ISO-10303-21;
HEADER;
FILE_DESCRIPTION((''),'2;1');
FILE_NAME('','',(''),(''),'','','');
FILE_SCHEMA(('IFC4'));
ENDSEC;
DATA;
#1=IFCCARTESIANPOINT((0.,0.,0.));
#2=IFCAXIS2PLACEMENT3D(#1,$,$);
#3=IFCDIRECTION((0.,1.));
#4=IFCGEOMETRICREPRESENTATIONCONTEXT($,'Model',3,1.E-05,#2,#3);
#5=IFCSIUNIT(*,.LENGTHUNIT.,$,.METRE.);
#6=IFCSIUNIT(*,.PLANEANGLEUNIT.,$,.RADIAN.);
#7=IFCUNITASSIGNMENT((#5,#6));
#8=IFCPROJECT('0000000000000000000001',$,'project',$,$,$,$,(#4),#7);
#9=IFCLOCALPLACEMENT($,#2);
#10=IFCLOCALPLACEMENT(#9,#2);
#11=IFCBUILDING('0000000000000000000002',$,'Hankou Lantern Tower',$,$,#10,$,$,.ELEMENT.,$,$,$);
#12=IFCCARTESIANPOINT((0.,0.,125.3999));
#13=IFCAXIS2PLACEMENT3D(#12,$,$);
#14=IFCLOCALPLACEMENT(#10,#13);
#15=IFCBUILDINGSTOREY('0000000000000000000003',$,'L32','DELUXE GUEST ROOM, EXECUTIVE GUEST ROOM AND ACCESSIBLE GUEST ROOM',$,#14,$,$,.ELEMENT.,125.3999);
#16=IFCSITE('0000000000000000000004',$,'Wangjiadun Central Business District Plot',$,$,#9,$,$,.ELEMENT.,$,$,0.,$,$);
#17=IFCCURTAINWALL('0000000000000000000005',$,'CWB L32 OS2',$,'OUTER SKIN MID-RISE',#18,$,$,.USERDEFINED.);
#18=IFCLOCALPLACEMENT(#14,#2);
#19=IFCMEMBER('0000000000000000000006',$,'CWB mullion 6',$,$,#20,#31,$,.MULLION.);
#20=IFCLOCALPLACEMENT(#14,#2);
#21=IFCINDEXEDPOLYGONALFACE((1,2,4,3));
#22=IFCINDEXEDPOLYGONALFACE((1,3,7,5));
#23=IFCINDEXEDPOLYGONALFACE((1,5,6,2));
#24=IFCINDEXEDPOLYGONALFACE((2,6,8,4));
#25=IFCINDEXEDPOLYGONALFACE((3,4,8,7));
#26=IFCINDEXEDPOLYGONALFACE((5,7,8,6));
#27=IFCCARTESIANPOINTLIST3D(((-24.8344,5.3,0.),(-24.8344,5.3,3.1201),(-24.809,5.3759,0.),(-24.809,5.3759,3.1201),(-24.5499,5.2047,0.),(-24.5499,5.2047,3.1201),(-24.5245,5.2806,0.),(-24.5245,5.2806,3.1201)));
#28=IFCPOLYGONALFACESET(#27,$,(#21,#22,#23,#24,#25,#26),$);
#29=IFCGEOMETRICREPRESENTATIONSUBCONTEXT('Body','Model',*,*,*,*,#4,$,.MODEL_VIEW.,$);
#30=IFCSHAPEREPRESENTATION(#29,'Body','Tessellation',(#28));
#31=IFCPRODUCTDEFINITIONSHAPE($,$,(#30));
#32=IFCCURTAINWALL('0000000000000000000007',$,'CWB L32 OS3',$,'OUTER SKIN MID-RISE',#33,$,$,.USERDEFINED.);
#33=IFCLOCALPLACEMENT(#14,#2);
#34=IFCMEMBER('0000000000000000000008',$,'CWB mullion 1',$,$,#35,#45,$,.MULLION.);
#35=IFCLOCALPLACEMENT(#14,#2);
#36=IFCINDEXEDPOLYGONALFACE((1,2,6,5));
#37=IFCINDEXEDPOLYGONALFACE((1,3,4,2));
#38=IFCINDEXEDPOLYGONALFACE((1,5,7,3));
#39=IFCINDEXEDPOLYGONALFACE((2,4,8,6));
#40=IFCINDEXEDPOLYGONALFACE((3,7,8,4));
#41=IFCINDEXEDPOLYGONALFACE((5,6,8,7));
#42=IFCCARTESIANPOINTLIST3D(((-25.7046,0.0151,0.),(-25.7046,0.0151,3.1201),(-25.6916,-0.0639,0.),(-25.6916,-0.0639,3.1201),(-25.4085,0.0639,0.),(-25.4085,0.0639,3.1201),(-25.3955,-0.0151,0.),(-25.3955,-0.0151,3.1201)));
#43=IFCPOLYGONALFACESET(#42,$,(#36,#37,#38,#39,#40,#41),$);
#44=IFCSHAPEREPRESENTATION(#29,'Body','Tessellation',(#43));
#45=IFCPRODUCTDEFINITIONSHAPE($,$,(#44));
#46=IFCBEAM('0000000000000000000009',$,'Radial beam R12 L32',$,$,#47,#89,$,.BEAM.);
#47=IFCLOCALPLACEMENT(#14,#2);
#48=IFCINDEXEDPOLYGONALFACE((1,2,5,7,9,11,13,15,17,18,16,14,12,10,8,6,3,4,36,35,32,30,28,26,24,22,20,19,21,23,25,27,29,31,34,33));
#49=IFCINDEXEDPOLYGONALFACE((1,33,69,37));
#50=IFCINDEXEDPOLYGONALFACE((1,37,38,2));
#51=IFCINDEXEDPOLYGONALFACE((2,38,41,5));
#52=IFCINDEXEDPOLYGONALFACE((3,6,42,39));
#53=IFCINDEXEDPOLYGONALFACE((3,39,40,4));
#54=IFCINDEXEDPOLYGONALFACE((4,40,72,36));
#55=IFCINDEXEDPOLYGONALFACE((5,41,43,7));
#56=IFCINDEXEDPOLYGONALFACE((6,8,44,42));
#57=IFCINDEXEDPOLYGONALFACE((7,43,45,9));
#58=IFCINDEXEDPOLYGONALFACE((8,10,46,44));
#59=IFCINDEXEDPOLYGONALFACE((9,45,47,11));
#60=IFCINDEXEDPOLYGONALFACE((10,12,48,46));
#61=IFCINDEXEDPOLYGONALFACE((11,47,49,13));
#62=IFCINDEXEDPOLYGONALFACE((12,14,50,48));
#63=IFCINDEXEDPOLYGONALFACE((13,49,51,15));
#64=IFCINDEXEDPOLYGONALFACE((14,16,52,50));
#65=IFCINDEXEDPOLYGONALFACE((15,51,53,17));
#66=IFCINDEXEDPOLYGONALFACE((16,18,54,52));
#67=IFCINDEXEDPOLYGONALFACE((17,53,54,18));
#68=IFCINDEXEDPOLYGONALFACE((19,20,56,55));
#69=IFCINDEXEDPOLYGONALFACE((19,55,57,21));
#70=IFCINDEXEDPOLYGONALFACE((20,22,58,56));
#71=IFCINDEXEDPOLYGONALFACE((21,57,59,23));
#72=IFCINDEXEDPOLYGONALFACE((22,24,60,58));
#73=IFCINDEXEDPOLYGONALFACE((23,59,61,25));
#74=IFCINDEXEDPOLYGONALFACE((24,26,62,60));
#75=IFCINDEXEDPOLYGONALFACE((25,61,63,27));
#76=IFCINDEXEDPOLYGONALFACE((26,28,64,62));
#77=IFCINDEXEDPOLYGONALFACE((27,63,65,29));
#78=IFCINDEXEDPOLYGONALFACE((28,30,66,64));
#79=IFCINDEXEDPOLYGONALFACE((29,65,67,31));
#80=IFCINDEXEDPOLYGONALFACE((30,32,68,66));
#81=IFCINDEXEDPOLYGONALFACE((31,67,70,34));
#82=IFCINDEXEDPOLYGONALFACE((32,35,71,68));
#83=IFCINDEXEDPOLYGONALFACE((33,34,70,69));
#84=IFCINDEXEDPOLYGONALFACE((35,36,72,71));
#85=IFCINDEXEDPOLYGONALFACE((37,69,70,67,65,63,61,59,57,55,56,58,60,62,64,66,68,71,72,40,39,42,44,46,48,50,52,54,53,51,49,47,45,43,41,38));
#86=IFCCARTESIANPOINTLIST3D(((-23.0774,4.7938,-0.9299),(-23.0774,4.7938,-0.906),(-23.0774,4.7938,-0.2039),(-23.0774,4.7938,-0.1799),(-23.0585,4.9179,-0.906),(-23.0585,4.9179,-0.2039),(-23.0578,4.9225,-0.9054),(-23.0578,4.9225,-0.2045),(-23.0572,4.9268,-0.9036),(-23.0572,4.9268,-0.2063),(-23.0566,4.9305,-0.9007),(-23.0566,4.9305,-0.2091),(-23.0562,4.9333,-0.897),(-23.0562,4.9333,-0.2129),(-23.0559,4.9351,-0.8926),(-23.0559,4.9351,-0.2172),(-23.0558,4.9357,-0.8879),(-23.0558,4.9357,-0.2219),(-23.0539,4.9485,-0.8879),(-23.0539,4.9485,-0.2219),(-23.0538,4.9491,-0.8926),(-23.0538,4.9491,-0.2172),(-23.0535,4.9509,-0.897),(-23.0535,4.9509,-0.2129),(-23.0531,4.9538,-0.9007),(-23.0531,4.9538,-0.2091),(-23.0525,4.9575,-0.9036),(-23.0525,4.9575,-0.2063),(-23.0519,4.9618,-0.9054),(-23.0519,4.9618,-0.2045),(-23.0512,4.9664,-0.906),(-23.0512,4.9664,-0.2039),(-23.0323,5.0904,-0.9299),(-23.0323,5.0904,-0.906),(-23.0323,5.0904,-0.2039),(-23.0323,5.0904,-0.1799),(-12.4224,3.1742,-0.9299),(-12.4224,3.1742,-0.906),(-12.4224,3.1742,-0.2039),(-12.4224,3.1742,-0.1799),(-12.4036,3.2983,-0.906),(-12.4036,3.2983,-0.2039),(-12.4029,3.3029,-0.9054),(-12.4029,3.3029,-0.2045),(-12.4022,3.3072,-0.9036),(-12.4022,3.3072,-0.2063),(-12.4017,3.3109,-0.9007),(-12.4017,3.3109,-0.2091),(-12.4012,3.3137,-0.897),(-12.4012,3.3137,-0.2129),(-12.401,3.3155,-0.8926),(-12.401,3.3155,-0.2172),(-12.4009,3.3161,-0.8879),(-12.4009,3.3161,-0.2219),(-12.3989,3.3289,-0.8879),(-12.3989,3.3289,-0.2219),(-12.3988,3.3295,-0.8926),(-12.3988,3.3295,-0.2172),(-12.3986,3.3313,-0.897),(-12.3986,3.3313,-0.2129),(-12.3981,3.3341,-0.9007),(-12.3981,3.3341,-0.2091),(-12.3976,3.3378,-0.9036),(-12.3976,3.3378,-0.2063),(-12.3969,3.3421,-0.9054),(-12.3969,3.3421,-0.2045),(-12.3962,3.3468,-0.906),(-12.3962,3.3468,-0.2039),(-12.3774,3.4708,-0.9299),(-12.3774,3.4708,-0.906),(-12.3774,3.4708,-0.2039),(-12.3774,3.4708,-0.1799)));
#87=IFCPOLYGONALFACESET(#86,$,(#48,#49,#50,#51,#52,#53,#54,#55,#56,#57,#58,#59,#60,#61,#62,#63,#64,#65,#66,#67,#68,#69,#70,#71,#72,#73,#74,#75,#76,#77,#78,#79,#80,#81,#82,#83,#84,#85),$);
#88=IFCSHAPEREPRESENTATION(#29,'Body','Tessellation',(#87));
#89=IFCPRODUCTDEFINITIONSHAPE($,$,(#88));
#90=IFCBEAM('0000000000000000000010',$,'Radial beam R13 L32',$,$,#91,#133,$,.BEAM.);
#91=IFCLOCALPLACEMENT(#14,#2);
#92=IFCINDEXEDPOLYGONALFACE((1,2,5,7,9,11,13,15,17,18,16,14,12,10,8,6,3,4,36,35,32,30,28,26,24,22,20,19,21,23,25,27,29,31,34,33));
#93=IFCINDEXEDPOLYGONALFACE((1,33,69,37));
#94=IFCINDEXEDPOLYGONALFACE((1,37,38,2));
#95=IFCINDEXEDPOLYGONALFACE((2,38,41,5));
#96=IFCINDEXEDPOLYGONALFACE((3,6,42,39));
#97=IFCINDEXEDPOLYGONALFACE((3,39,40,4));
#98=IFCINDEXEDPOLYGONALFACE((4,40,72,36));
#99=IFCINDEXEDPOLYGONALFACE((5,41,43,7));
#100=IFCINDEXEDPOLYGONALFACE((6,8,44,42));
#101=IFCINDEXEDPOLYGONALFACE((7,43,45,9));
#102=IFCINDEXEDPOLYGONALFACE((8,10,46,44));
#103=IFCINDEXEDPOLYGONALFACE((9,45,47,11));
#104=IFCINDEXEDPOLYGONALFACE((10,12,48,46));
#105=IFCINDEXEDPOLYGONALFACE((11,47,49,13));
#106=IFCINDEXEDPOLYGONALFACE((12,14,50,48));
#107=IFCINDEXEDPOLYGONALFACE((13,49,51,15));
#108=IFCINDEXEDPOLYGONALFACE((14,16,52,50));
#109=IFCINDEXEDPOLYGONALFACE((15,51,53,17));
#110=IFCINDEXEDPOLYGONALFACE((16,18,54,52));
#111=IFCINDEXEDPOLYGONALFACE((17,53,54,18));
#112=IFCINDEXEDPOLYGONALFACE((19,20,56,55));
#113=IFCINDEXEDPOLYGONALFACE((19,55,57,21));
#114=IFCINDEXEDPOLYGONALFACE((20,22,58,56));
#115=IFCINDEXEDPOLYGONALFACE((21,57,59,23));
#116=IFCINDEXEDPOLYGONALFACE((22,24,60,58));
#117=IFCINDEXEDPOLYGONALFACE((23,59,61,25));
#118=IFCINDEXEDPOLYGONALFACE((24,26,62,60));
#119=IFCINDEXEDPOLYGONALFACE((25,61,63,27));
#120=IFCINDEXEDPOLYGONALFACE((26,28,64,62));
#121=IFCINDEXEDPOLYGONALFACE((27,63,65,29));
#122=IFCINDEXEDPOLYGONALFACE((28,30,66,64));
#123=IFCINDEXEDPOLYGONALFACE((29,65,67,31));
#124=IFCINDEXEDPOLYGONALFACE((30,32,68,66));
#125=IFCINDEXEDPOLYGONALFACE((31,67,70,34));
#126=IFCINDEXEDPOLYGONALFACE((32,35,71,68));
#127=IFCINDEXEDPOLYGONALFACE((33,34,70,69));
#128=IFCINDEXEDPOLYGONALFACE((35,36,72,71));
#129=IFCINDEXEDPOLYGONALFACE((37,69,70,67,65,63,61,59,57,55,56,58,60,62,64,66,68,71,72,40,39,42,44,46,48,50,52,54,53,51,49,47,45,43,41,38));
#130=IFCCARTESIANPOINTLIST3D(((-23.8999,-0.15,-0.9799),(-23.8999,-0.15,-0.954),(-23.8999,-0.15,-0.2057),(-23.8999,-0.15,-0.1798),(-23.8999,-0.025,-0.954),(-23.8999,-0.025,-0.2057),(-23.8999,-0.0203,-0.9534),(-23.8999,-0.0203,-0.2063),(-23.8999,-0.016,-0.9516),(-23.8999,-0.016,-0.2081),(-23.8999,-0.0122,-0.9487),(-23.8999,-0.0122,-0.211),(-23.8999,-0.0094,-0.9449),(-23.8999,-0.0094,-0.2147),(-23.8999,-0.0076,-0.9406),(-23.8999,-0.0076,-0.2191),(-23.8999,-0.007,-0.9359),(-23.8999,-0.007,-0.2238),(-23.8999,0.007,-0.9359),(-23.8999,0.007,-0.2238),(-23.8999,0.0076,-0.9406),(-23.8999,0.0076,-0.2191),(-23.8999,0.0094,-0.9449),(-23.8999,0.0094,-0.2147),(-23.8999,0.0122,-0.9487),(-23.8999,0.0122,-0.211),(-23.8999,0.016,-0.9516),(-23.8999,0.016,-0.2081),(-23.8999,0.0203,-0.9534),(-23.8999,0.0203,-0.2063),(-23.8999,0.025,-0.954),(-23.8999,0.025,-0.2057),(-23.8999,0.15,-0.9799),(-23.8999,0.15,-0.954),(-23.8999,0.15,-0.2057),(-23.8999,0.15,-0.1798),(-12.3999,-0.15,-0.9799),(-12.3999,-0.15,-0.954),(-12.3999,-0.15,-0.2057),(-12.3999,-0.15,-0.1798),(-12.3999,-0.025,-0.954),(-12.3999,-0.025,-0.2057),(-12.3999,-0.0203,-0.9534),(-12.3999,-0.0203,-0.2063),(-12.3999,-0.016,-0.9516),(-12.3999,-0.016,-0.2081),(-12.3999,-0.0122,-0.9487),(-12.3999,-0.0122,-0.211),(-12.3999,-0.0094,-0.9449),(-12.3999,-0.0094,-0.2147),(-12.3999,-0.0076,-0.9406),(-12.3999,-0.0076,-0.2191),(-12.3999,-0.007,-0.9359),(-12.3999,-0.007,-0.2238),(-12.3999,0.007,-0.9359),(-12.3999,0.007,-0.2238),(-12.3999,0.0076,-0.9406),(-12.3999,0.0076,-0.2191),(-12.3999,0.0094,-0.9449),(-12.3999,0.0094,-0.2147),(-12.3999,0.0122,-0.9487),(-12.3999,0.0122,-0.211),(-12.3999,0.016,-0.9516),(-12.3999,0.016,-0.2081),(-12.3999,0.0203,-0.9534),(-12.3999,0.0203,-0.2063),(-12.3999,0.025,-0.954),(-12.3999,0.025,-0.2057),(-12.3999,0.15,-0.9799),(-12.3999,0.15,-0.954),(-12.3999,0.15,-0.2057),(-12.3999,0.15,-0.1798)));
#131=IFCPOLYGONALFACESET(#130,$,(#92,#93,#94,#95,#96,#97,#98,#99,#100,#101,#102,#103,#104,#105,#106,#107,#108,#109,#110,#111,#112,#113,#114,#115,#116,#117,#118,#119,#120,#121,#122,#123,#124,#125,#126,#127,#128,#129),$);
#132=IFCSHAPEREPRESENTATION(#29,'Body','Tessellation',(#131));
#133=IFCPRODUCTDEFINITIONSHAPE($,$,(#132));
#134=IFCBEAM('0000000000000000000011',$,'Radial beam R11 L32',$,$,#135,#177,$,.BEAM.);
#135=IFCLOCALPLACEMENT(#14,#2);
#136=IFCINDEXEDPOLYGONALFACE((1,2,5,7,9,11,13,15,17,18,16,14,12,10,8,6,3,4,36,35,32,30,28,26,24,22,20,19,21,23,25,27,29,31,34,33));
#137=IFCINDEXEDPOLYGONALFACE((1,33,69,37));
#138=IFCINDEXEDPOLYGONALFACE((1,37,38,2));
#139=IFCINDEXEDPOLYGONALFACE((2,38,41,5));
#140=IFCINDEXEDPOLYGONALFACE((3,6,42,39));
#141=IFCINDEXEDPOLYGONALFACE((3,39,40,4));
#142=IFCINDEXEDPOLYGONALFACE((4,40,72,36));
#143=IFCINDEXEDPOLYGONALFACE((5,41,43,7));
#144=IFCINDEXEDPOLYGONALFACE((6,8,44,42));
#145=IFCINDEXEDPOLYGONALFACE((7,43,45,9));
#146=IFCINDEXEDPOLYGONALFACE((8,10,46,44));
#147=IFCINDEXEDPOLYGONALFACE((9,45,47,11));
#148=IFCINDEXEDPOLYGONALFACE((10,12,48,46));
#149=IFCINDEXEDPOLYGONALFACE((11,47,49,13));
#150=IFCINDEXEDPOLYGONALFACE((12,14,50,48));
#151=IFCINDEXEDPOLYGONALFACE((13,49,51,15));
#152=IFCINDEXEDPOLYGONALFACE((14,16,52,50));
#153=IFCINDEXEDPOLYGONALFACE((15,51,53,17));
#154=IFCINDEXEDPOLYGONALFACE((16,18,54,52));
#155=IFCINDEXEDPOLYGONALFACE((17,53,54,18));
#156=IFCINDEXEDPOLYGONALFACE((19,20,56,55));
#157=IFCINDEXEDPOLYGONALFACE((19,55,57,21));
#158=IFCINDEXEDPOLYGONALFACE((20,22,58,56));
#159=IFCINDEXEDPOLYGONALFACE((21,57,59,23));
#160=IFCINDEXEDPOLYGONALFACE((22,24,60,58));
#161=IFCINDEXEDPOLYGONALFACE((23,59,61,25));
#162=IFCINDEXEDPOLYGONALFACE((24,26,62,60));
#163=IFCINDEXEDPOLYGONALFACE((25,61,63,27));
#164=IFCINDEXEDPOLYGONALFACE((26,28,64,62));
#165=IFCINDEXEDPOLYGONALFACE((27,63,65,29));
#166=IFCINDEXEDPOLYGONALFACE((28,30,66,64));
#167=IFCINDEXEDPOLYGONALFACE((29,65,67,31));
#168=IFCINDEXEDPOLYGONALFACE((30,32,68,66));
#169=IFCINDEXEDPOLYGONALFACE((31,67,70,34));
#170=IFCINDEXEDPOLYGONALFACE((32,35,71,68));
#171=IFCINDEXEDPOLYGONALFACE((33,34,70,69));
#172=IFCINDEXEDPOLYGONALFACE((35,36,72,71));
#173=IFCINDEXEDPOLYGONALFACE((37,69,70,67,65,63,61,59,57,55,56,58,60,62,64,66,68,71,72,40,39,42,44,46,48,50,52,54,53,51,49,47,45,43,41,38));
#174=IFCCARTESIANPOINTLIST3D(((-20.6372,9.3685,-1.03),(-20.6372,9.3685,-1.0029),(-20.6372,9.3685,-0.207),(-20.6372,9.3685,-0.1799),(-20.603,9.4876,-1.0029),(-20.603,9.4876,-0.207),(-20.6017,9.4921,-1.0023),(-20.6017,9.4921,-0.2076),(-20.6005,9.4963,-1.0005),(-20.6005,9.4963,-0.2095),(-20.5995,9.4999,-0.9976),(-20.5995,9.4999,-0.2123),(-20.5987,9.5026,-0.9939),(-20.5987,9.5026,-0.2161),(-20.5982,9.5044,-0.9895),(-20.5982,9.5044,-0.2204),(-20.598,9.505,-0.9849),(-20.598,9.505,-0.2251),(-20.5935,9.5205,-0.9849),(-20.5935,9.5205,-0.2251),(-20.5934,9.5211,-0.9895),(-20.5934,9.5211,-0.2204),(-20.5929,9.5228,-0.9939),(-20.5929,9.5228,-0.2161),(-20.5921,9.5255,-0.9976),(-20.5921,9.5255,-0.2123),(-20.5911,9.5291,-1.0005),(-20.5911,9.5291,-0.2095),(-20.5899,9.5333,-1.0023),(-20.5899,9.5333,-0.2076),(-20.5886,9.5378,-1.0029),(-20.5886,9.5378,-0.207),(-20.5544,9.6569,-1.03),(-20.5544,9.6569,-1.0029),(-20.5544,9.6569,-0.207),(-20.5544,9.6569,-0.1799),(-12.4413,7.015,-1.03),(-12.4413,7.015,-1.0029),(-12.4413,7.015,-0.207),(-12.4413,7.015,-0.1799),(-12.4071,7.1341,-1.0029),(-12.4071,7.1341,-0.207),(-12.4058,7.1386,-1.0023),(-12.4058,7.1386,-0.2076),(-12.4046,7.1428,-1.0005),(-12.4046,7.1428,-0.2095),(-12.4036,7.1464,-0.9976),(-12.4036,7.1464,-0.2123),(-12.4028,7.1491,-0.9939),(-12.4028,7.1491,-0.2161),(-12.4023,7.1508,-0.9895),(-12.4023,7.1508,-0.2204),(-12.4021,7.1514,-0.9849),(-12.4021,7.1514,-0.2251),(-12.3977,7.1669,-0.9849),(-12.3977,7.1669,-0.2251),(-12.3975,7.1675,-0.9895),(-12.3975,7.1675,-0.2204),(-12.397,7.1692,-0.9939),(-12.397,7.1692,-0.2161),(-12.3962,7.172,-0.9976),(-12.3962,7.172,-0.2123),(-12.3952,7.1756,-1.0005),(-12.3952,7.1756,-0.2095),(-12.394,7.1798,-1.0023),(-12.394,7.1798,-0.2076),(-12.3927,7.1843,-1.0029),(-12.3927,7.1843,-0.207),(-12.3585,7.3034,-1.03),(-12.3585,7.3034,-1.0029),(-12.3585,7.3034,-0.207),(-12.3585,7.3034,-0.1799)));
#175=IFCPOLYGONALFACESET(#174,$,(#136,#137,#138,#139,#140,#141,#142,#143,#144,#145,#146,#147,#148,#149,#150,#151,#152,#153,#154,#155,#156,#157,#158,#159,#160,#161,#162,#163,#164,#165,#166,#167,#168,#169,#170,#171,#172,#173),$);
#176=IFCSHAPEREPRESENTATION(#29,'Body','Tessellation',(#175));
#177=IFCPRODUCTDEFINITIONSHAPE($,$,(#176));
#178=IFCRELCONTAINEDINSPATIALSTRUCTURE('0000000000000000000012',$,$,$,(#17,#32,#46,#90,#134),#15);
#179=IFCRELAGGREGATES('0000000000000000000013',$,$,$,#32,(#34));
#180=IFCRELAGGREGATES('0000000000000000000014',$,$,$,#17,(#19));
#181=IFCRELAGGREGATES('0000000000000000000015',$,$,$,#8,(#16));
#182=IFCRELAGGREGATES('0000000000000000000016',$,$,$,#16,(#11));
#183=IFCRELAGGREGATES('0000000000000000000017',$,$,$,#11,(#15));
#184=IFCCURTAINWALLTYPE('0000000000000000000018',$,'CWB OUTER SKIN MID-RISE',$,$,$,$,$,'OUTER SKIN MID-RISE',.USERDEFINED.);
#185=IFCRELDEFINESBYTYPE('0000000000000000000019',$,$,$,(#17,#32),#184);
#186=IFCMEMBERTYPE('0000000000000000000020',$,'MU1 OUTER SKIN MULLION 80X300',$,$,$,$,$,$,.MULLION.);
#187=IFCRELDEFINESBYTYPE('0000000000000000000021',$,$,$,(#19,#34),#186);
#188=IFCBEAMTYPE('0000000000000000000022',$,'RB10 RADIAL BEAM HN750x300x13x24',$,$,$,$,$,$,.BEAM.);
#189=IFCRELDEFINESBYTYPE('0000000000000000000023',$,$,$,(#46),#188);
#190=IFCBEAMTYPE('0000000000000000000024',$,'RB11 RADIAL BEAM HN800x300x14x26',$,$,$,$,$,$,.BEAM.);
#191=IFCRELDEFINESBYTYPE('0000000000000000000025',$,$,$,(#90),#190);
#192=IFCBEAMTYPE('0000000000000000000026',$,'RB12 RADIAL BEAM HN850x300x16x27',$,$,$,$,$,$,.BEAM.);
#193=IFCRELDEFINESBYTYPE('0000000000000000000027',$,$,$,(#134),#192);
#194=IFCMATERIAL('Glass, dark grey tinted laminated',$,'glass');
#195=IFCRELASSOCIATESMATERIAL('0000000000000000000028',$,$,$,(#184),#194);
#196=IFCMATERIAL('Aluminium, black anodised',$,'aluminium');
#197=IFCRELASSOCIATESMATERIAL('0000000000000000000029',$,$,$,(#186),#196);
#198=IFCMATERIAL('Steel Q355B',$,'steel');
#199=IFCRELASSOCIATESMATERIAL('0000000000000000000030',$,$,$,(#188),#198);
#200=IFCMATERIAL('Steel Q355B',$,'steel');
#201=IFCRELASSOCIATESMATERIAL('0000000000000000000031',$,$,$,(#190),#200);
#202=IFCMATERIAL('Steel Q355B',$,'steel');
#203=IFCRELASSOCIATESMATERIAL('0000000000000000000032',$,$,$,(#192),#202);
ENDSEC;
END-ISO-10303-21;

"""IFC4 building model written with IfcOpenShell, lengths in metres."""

from ifc_helpers import new_model, si_unit, direction, frame, origin, origin_2d, place, context, subcontext, project, spatial, rectangle, i_section, extrude, material, material_profile, profile_set, type_object, element, aggregate, save


model = new_model("IFC4")

# Units and contexts
model_context = context("Model", 3, precision=1e-05, world=origin(), true_north=direction((0.0, 1.0)))
body_context = subcontext(model_context, "Body", "Model", "MODEL_VIEW")
ifc_project = project(units=[si_unit("LENGTHUNIT", "METRE"), si_unit("PLANEANGLEUNIT", "RADIAN")], contexts=[model_context])

# Site, building, storey
site_placement = place(None, origin())
site = spatial("IfcSite", under=ifc_project, at=site_placement, Name="Wangjiadun Central Business District Plot", CompositionType="ELEMENT", RefElevation=0.0)
building_placement = place(site_placement, origin())
building = spatial("IfcBuilding", under=site, at=building_placement, Name="Hankou Lantern Tower", CompositionType="ELEMENT")
storey_placement = place(building_placement, frame((0.0, 0.0, 125.3999)))
storey = spatial("IfcBuildingStorey", under=building, at=storey_placement, Name="L32", Description="DELUXE GUEST ROOM, EXECUTIVE GUEST ROOM AND ACCESSIBLE GUEST ROOM", CompositionType="ELEMENT", Elevation=125.3999)

# Curtain walls, members
ifc_material_1 = material(Name="Glass, dark grey tinted laminated", Category="glass")
curtain_wall_type = type_object("IfcCurtainWallType", Name="CWB OUTER SKIN MID-RISE", ElementType="OUTER SKIN MID-RISE", PredefinedType="USERDEFINED", material=ifc_material_1)
curtain_wall_1_placement = place(storey_placement, origin())
curtain_wall_1 = element("IfcCurtainWall", 1, at=curtain_wall_1_placement, inside=storey, type_object=curtain_wall_type, Name="CWB L32 OS2", ObjectType="OUTER SKIN MID-RISE", PredefinedType="USERDEFINED")
ifc_material_2 = material(Name="Aluminium, black anodised", Category="aluminium")
ifc_material_profile_1 = material_profile(ifc_material_2, rectangle(XDim=0.0801, YDim=0.3, at=origin_2d()), Name="MU1 80X300")
ifc_profile_set_1 = profile_set([ifc_material_profile_1], Name="Aluminium, black anodised")
member_type_1 = type_object("IfcMemberType", Name="MU1 OUTER SKIN MULLION 80X300", PredefinedType="MULLION", material=ifc_profile_set_1)
member_1_placement = place(storey_placement, frame((-24.6794, 5.2903, 0.0), z_axis=(0.0, 0.0, 1.0), x_axis=(-0.317596, -0.948226, 0.0)))
member_1 = element("IfcMember", 2, at=member_1_placement, type_object=member_type_1, Name="CWB mullion 6", PredefinedType="MULLION", context=body_context, shape_type="SweptSolid", body=[
    extrude(rectangle(XDim=0.0801, YDim=0.3, at=origin_2d()), origin(), (0.0, 0.0, 1.0), 3.1201),
])
curtain_wall_2_placement = place(storey_placement, origin())
curtain_wall_2 = element("IfcCurtainWall", 3, at=curtain_wall_2_placement, inside=storey, type_object=curtain_wall_type, Name="CWB L32 OS3", ObjectType="OUTER SKIN MID-RISE", PredefinedType="USERDEFINED")
member_2_placement = place(storey_placement, frame((-25.55, 0.0, 0.0), z_axis=(0.0, 0.0, 1.0), x_axis=(0.162382, -0.986728, 0.0)))
member_2 = element("IfcMember", 4, at=member_2_placement, type_object=member_type_1, Name="CWB mullion 1", PredefinedType="MULLION", context=body_context, shape_type="SweptSolid", body=[
    extrude(rectangle(XDim=0.0801, YDim=0.3, at=origin_2d()), origin(), (0.0, 0.0, 1.0), 3.1201),
])
aggregate(curtain_wall_2, [member_2])

# Beams
ifc_material_3 = material(Name="Steel Q355B", Category="steel")
ifc_material_profile_2 = material_profile(ifc_material_3, i_section(OverallWidth=0.3, OverallDepth=0.75, WebThickness=0.0129, FlangeThickness=0.0239, FilletRadius=0.0181, at=origin_2d()), Name="HN750x300x13x24")
ifc_profile_set_2 = profile_set([ifc_material_profile_2], Name="Steel Q355B")
beam_type_1 = type_object("IfcBeamType", Name="RB10 RADIAL BEAM HN750x300x13x24", PredefinedType="BEAM", material=ifc_profile_set_2)
beam_1_placement = place(storey_placement, frame((-12.3999, 3.3225, -0.5549), z_axis=(-0.988644, 0.15028, 0.0), x_axis=(-0.15028, -0.988644, 0.0)))
element("IfcBeam", 5, at=beam_1_placement, inside=storey, type_object=beam_type_1, Name="Radial beam R12 L32", PredefinedType="BEAM", context=body_context, shape_type="SweptSolid", body=[
    extrude(i_section(OverallWidth=0.3, OverallDepth=0.75, WebThickness=0.0129, FlangeThickness=0.0239, FilletRadius=0.0181, at=origin_2d()), origin(), (0.0, 0.0, 1.0), 10.7773),
])
ifc_material_4 = material(Name="Steel Q355B", Category="steel")
ifc_material_profile_3 = material_profile(ifc_material_4, i_section(OverallWidth=0.3, OverallDepth=0.8, WebThickness=0.0139, FlangeThickness=0.0259, FilletRadius=0.0181, at=origin_2d()), Name="HN800x300x14x26")
ifc_profile_set_3 = profile_set([ifc_material_profile_3], Name="Steel Q355B")
beam_type_2 = type_object("IfcBeamType", Name="RB11 RADIAL BEAM HN800x300x14x26", PredefinedType="BEAM", material=ifc_profile_set_3)
beam_2_placement = place(storey_placement, frame((-12.3999, 0.0, -0.5798), z_axis=(-1.0, 0.0, 0.0), x_axis=(0.0, -1.0, 0.0)))
element("IfcBeam", 6, at=beam_2_placement, inside=storey, type_object=beam_type_2, Name="Radial beam R13 L32", PredefinedType="BEAM", context=body_context, shape_type="SweptSolid", body=[
    extrude(i_section(OverallWidth=0.3, OverallDepth=0.8, WebThickness=0.0139, FlangeThickness=0.0259, FilletRadius=0.0181, at=origin_2d()), origin(), (0.0, 0.0, 1.0), 11.5),
])
ifc_material_5 = material(Name="Steel Q355B", Category="steel")
ifc_material_profile_4 = material_profile(ifc_material_5, i_section(OverallWidth=0.3, OverallDepth=0.8501, WebThickness=0.0161, FlangeThickness=0.0271, FilletRadius=0.0181, at=origin_2d()), Name="HN850x300x16x27")
ifc_profile_set_4 = profile_set([ifc_material_profile_4], Name="Steel Q355B")
beam_type_3 = type_object("IfcBeamType", Name="RB12 RADIAL BEAM HN850x300x16x27", PredefinedType="BEAM", material=ifc_profile_set_4)
beam_3_placement = place(storey_placement, frame((-12.3999, 7.1592, -0.605), z_axis=(-0.961156, 0.276007, 0.0), x_axis=(-0.276007, -0.961156, 0.0)))
element("IfcBeam", 7, at=beam_3_placement, inside=storey, type_object=beam_type_3, Name="Radial beam R11 L32", PredefinedType="BEAM", context=body_context, shape_type="SweptSolid", body=[
    extrude(i_section(OverallWidth=0.3, OverallDepth=0.8501, WebThickness=0.0161, FlangeThickness=0.0271, FilletRadius=0.0181, at=origin_2d()), origin(), (0.0, 0.0, 1.0), 8.5271),
])

aggregate(curtain_wall_1, [member_1])

save(model, "model.ifc")
